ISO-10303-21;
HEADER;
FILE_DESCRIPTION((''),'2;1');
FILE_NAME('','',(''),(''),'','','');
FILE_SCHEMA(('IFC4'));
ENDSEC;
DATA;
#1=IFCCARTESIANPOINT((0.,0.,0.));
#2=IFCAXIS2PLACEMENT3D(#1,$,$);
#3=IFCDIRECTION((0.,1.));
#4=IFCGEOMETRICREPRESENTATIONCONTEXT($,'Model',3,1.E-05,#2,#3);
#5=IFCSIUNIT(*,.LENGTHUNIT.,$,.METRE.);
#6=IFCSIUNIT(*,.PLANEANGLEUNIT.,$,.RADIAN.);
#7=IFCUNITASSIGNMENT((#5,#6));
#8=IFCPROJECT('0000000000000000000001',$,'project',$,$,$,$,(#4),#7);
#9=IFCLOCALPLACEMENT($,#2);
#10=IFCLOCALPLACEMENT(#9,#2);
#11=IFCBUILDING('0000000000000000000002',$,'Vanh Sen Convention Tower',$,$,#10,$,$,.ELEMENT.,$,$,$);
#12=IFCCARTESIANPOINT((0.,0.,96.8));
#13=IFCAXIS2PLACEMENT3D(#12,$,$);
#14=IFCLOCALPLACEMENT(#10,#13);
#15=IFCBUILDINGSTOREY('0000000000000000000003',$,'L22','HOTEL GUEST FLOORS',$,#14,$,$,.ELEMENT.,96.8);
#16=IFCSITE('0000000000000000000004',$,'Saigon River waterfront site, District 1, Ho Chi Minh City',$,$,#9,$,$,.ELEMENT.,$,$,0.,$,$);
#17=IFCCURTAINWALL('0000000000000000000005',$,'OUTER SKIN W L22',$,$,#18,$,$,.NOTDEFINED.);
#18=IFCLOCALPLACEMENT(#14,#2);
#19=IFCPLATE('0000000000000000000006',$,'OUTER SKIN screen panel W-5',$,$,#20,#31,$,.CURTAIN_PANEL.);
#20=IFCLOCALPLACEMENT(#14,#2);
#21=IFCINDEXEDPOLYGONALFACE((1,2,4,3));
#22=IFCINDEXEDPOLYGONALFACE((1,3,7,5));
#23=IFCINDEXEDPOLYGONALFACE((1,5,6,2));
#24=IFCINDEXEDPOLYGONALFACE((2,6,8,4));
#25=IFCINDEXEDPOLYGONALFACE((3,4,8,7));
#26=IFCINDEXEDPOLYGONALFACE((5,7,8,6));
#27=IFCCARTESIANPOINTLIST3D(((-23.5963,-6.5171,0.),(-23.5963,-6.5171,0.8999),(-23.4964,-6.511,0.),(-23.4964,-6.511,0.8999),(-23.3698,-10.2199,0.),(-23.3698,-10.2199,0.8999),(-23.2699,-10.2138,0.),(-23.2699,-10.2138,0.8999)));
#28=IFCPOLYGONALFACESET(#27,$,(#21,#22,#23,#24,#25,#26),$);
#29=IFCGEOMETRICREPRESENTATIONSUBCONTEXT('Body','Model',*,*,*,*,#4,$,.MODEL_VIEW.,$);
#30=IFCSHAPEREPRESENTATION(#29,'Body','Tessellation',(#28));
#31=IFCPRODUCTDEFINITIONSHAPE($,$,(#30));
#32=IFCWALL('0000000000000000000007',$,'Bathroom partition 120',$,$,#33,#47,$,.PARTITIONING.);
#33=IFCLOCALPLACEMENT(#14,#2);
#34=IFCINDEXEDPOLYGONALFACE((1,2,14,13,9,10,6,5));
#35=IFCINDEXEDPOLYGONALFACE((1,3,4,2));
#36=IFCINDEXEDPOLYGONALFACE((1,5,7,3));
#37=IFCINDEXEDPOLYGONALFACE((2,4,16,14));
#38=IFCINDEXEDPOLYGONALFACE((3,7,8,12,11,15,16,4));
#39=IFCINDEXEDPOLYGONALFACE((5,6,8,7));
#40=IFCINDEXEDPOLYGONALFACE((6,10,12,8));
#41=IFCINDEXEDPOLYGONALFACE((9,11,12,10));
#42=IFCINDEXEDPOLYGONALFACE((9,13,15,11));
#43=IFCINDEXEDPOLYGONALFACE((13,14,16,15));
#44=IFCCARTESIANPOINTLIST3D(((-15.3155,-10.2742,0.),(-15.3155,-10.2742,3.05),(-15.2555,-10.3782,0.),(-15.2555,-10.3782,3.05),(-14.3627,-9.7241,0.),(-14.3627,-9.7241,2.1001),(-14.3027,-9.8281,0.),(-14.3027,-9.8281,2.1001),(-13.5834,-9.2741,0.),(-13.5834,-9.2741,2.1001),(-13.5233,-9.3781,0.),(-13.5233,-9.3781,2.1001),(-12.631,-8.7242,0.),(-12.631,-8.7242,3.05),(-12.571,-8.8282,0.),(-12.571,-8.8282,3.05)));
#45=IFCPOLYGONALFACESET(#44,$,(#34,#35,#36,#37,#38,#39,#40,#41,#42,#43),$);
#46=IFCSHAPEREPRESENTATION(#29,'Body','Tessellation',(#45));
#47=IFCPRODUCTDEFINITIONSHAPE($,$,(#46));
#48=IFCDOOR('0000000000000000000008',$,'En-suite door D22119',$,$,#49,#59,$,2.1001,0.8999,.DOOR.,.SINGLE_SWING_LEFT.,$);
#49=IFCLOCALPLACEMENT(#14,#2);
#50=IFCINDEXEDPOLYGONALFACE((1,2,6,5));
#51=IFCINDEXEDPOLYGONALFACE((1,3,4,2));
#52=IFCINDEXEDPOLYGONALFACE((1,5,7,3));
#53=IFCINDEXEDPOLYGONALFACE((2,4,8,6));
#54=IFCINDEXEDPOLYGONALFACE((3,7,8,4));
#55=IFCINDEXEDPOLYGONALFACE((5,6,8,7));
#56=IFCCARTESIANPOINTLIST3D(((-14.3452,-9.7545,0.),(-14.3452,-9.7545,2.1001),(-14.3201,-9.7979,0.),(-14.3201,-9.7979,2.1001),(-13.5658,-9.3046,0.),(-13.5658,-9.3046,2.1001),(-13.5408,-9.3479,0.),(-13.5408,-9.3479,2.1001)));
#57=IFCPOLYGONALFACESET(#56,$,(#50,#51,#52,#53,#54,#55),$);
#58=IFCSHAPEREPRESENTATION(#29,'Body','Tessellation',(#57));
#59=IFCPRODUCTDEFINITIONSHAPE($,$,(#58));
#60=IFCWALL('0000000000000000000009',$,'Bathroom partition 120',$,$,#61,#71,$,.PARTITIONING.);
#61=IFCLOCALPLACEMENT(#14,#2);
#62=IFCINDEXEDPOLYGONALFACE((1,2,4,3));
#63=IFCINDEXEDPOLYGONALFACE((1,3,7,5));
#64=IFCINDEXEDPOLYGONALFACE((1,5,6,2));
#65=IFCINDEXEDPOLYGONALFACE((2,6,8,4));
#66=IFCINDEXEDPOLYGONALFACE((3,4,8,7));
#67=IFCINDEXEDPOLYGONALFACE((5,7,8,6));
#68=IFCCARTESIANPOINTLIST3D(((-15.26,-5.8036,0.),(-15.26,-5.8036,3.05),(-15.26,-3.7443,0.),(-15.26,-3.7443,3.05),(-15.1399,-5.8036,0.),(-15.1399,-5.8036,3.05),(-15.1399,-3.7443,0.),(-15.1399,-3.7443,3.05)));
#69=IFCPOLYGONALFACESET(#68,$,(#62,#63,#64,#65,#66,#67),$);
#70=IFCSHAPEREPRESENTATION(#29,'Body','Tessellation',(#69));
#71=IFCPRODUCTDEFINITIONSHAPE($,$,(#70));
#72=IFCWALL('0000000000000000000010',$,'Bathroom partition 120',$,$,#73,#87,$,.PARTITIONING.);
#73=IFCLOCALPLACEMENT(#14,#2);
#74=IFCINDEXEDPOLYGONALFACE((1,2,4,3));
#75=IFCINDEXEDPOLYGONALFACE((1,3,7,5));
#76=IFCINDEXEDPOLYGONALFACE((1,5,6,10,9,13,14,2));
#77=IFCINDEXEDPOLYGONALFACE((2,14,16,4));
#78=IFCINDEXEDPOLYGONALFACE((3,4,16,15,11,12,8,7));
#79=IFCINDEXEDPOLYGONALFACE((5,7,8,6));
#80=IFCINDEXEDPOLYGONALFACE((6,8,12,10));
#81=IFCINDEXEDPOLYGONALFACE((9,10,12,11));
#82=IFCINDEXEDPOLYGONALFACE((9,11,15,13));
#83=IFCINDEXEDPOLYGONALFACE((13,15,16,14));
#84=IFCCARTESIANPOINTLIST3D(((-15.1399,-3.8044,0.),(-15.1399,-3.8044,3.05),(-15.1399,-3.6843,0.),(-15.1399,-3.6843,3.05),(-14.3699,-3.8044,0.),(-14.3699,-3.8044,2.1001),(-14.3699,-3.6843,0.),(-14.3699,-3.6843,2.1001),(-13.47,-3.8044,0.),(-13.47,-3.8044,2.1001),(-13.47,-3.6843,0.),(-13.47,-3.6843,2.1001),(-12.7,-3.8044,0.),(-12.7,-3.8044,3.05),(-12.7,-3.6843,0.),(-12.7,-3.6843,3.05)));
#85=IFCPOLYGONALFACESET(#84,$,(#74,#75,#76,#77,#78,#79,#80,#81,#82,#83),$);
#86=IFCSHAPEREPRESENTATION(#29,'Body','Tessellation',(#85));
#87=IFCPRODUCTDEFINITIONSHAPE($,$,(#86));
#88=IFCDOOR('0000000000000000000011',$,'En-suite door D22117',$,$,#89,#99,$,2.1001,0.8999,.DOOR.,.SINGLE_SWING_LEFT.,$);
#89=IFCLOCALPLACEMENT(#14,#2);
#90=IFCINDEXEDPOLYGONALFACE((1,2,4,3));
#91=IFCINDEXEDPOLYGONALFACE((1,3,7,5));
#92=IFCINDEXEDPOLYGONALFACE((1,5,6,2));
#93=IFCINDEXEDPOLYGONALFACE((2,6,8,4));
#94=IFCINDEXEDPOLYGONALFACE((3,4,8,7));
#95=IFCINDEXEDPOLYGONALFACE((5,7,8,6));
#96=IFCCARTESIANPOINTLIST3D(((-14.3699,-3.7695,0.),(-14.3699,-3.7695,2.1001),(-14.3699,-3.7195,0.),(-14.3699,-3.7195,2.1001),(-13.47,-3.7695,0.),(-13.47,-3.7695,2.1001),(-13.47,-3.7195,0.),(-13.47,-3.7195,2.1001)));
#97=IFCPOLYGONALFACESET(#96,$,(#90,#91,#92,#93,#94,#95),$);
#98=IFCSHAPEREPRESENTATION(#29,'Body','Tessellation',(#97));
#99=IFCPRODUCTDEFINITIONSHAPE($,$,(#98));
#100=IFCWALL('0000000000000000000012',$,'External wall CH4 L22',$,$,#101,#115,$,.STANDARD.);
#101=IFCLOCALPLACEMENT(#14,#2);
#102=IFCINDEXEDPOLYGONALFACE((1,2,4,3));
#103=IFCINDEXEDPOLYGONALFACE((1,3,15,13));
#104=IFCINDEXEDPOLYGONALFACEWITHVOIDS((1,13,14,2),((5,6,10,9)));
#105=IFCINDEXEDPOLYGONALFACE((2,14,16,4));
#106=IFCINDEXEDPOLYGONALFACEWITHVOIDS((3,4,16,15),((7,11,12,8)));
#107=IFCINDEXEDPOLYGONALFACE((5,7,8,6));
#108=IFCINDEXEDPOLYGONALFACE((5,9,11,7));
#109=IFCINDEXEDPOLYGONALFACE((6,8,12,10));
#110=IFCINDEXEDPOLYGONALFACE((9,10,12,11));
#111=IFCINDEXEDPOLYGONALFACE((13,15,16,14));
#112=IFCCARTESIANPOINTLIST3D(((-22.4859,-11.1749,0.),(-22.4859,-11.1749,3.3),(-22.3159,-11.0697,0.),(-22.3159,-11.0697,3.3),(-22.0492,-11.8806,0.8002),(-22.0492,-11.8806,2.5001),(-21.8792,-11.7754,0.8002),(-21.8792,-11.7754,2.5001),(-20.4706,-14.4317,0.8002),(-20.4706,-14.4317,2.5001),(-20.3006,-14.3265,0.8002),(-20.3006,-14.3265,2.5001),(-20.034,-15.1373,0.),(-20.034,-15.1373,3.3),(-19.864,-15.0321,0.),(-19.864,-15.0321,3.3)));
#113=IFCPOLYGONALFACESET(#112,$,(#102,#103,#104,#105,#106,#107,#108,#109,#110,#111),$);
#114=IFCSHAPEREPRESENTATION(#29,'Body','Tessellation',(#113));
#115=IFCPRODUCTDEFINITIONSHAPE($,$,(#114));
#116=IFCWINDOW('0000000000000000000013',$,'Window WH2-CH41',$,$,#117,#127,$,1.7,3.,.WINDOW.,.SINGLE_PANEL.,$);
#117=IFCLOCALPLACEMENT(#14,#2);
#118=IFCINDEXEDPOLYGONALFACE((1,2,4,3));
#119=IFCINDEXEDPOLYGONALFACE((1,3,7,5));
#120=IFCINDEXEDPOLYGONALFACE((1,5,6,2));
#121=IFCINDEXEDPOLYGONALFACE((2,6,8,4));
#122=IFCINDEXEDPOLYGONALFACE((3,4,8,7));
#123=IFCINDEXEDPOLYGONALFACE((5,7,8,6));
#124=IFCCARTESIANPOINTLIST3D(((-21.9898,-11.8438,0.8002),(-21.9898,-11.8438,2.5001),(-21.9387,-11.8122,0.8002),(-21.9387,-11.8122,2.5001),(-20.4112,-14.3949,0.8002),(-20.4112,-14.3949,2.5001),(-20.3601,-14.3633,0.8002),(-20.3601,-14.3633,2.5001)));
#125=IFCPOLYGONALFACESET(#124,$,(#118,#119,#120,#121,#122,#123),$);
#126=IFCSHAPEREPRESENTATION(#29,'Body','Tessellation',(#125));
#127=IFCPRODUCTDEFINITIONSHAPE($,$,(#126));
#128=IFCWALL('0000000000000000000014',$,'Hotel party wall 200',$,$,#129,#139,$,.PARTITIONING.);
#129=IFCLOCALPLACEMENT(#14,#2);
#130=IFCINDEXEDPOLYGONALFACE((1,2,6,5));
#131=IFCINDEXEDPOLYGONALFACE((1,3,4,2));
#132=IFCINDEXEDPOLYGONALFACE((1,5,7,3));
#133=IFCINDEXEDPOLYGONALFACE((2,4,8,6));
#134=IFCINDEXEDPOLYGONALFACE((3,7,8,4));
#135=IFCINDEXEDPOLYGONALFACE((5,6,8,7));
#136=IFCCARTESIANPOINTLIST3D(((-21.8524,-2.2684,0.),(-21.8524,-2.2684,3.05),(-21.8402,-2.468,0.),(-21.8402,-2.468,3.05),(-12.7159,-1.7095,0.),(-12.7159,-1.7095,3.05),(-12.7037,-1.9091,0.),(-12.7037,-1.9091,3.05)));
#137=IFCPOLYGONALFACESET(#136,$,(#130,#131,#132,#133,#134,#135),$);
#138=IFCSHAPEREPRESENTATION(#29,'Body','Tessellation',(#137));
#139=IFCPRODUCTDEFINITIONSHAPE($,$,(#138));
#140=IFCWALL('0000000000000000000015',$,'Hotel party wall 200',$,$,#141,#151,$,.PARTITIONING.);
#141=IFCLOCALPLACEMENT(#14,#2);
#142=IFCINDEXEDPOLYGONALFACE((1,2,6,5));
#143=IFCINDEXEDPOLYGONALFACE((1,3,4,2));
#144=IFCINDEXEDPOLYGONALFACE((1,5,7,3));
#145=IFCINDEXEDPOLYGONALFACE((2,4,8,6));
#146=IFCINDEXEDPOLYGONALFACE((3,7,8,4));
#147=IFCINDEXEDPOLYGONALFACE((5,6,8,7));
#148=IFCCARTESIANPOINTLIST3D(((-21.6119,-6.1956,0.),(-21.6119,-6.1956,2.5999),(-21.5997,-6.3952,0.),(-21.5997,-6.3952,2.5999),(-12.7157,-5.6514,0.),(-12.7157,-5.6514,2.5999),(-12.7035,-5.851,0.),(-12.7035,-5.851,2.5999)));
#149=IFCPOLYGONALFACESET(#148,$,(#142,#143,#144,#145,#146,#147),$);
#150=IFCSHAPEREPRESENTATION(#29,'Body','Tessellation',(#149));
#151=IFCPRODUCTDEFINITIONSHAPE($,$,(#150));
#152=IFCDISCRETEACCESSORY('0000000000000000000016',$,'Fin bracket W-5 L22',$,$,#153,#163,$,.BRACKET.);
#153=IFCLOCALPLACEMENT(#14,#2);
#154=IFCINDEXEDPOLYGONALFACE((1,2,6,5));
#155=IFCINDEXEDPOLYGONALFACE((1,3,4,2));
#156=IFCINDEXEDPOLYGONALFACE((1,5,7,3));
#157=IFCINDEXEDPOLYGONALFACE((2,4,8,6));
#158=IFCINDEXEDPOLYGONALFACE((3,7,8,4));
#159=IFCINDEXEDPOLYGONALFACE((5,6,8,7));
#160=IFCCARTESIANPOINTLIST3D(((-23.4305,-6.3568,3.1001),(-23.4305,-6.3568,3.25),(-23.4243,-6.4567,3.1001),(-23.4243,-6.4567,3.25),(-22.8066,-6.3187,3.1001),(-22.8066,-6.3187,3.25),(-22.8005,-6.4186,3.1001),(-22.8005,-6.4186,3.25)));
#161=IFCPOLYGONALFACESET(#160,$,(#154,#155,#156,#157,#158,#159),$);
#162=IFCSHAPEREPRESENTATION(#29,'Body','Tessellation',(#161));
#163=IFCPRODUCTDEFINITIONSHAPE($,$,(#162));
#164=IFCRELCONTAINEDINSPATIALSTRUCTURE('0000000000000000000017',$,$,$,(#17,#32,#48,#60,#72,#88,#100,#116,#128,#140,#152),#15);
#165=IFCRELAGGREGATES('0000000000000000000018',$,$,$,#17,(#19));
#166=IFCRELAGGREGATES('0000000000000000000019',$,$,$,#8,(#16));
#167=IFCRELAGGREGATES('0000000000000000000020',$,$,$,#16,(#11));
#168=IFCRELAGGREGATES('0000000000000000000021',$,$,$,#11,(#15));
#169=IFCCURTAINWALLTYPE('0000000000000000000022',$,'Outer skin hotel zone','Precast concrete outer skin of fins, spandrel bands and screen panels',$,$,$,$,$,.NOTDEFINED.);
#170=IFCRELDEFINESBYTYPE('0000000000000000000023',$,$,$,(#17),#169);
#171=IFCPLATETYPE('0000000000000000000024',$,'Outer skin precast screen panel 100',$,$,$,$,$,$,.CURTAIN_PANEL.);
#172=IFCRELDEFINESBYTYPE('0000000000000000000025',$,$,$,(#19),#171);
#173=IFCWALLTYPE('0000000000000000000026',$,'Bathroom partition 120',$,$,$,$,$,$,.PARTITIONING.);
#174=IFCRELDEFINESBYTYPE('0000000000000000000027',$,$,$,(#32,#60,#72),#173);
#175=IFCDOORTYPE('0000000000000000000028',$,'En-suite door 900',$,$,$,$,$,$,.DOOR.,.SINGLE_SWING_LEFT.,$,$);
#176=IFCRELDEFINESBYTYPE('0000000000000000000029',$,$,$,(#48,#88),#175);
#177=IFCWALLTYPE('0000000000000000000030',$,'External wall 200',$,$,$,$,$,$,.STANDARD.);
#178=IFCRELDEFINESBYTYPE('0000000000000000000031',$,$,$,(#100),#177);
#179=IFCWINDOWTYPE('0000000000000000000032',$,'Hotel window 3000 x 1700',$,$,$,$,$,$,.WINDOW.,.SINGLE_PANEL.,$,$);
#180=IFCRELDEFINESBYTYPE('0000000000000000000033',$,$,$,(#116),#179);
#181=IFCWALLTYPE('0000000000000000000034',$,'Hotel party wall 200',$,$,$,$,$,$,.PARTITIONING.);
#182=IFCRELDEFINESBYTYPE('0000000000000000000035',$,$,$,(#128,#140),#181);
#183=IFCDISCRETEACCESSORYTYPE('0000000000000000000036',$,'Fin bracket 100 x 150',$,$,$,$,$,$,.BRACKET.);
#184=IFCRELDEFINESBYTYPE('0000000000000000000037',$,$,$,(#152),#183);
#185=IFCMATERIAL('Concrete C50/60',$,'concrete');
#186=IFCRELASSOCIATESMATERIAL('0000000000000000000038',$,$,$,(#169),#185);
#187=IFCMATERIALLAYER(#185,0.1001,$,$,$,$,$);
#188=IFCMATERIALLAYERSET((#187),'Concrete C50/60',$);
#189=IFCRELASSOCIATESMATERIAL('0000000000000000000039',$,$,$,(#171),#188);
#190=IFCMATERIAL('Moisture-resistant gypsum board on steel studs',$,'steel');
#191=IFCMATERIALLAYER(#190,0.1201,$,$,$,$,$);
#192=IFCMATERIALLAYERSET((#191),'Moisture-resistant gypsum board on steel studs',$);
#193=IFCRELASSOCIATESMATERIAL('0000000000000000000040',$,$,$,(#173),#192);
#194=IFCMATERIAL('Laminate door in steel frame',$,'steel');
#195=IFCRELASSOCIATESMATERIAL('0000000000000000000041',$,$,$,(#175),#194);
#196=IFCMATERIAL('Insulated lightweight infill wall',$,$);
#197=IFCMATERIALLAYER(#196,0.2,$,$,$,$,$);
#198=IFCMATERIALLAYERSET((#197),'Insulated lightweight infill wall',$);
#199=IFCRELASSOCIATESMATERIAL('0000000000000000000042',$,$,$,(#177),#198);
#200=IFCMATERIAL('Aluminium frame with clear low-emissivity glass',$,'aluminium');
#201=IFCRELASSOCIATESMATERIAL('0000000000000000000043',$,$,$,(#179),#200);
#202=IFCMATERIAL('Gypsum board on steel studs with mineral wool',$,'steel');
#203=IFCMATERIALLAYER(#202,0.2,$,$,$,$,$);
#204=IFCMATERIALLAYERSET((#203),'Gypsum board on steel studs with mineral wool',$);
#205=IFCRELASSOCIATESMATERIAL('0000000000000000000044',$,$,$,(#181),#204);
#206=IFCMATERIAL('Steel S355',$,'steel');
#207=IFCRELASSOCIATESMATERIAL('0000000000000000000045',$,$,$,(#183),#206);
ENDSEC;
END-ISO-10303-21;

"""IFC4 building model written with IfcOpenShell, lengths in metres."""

from ifc_helpers import new_model, si_unit, direction, frame, frame_2d, origin, origin_2d, place, context, subcontext, project, spatial, rectangle, extrude, material, layer, layer_set, type_object, element, fill, aggregate, save


model = new_model("IFC4")

# Units and contexts
model_context = context("Model", 3, precision=1e-05, world=origin(), true_north=direction((0.0, 1.0)))
body_context = subcontext(model_context, "Body", "Model", "MODEL_VIEW")
ifc_project = project(units=[si_unit("LENGTHUNIT", "METRE"), si_unit("PLANEANGLEUNIT", "RADIAN")], contexts=[model_context])

# Site, building, storey
site_placement = place(None, origin())
site = spatial("IfcSite", under=ifc_project, at=site_placement, Name="Saigon River waterfront site, District 1, Ho Chi Minh City", CompositionType="ELEMENT", RefElevation=0.0)
building_placement = place(site_placement, origin())
building = spatial("IfcBuilding", under=site, at=building_placement, Name="Vanh Sen Convention Tower", CompositionType="ELEMENT")
storey_placement = place(building_placement, frame((0.0, 0.0, 96.8)))
storey = spatial("IfcBuildingStorey", under=building, at=storey_placement, Name="L22", Description="HOTEL GUEST FLOORS", CompositionType="ELEMENT", Elevation=96.8)

# Curtain wall
ifc_material_1 = material(Name="Concrete C50/60", Category="concrete")
curtain_wall_type = type_object("IfcCurtainWallType", Name="Outer skin hotel zone", Description="Precast concrete outer skin of fins, spandrel bands and screen panels", PredefinedType="NOTDEFINED", material=ifc_material_1)
curtain_wall_1_placement = place(storey_placement, origin())
curtain_wall_1 = element("IfcCurtainWall", 1, at=curtain_wall_1_placement, inside=storey, type_object=curtain_wall_type, Name="OUTER SKIN W L22", PredefinedType="NOTDEFINED")

# Plate
ifc_layer_1 = layer(ifc_material_1, 0.1001)
ifc_layer_set_1 = layer_set([ifc_layer_1], Name="Concrete C50/60")
plate_type = type_object("IfcPlateType", Name="Outer skin precast screen panel 100", PredefinedType="CURTAIN_PANEL", material=ifc_layer_set_1)
plate_1_placement = place(storey_placement, frame((-23.4331, -8.3655, 0.0), z_axis=(0.0, 0.0, 1.0), x_axis=(0.061047, -0.998135, 0.0)))
plate_1 = element("IfcPlate", 2, at=plate_1_placement, type_object=plate_type, Name="OUTER SKIN screen panel W-5", PredefinedType="CURTAIN_PANEL", context=body_context, shape_type="SweptSolid", body=[
    extrude(rectangle(XDim=3.7097, YDim=0.1001, at=origin_2d()), origin(), (0.0, 0.0, 1.0), 0.8999),
])
aggregate(curtain_wall_1, [plate_1])

# Wall, opening, door
ifc_material_2 = material(Name="Moisture-resistant gypsum board on steel studs", Category="steel")
ifc_layer_2 = layer(ifc_material_2, 0.1201)
ifc_layer_set_2 = layer_set([ifc_layer_2], Name="Moisture-resistant gypsum board on steel studs")
wall_type_1 = type_object("IfcWallType", Name="Bathroom partition 120", PredefinedType="PARTITIONING", material=ifc_layer_set_2)
wall_1_placement = place(storey_placement, frame((-15.2854, -10.3262, 0.0), z_axis=(0.0, 0.0, 1.0), x_axis=(0.86601, 0.500027, 0.0)))
wall_1 = element("IfcWall", 3, at=wall_1_placement, inside=storey, type_object=wall_type_1, Name="Bathroom partition 120", PredefinedType="PARTITIONING", context=body_context, shape_type="SweptSolid", body=[
    extrude(rectangle(XDim=3.0999, YDim=0.1201, at=frame_2d((1.5498, 0.0))), origin(), (0.0, 0.0, 1.0), 3.05),
])
opening_1_placement = place(wall_1_placement, frame((1.1001, 0.0, 0.0)))
opening_1 = element("IfcOpeningElement", 4, at=opening_1_placement, cuts=wall_1, PredefinedType="OPENING", context=body_context, shape_type="SweptSolid", body=[
    extrude(rectangle(XDim=0.8999, YDim=2.1001, at=frame_2d((0.45, 1.05))), frame((0.0, 0.0701, 0.0), z_axis=(0.0, -1.0, 0.0), x_axis=(1.0, 0.0, 0.0)), (0.0, 0.0, 1.0), 0.1401),
])
ifc_material_3 = material(Name="Laminate door in steel frame", Category="steel")
door_type = type_object("IfcDoorType", Name="En-suite door 900", OperationType="SINGLE_SWING_LEFT", PredefinedType="DOOR", material=ifc_material_3)
door_1_placement = place(opening_1_placement, origin())
door_1 = element("IfcDoor", 5, at=door_1_placement, inside=storey, type_object=door_type, Name="En-suite door D22119", OperationType="SINGLE_SWING_LEFT", OverallHeight=2.1001, OverallWidth=0.8999, PredefinedType="DOOR", context=body_context, shape_type="SweptSolid", body=[
    extrude(rectangle(XDim=0.8999, YDim=2.1001, at=frame_2d((0.45, 1.05))), frame((0.0, 0.0249, 0.0), z_axis=(0.0, -1.0, 0.0), x_axis=(1.0, 0.0, 0.0)), (0.0, 0.0, 1.0), 0.05),
])
fill(opening_1, door_1)

# Wall
wall_2_placement = place(storey_placement, frame((-15.2, -5.8037, 0.0), z_axis=(0.0, 0.0, 1.0), x_axis=(0.0, 1.0, 0.0)))
element("IfcWall", 6, at=wall_2_placement, inside=storey, type_object=wall_type_1, Name="Bathroom partition 120", PredefinedType="PARTITIONING", context=body_context, shape_type="SweptSolid", body=[
    extrude(rectangle(XDim=2.0593, YDim=0.1201, at=frame_2d((1.0298, 0.0))), origin(), (0.0, 0.0, 1.0), 3.05),
])

# Wall, opening, door
wall_3_placement = place(storey_placement, frame((-15.1399, -3.7444, 0.0), z_axis=(0.0, 0.0, 1.0), x_axis=(1.0, 0.0, 0.0)))
wall_3 = element("IfcWall", 7, at=wall_3_placement, inside=storey, type_object=wall_type_1, Name="Bathroom partition 120", PredefinedType="PARTITIONING", context=body_context, shape_type="SweptSolid", body=[
    extrude(rectangle(XDim=2.4399, YDim=0.1201, at=frame_2d((1.22, 0.0))), origin(), (0.0, 0.0, 1.0), 3.05),
])
opening_2_placement = place(wall_3_placement, frame((0.77, 0.0, 0.0)))
opening_2 = element("IfcOpeningElement", 8, at=opening_2_placement, cuts=wall_3, PredefinedType="OPENING", context=body_context, shape_type="SweptSolid", body=[
    extrude(rectangle(XDim=0.8999, YDim=2.1001, at=frame_2d((0.45, 1.05))), frame((0.0, 0.0701, 0.0), z_axis=(0.0, -1.0, 0.0), x_axis=(1.0, 0.0, 0.0)), (0.0, 0.0, 1.0), 0.1401),
])
door_2_placement = place(opening_2_placement, origin())
door_2 = element("IfcDoor", 9, at=door_2_placement, inside=storey, type_object=door_type, Name="En-suite door D22117", OperationType="SINGLE_SWING_LEFT", OverallHeight=2.1001, OverallWidth=0.8999, PredefinedType="DOOR", context=body_context, shape_type="SweptSolid", body=[
    extrude(rectangle(XDim=0.8999, YDim=2.1001, at=frame_2d((0.45, 1.05))), frame((0.0, 0.0249, 0.0), z_axis=(0.0, -1.0, 0.0), x_axis=(1.0, 0.0, 0.0)), (0.0, 0.0, 1.0), 0.05),
])
fill(opening_2, door_2)

# Wall, opening, window
ifc_material_4 = material(Name="Insulated lightweight infill wall")
ifc_layer_3 = layer(ifc_material_4, 0.2)
ifc_layer_set_3 = layer_set([ifc_layer_3], Name="Insulated lightweight infill wall")
wall_type_2 = type_object("IfcWallType", Name="External wall 200", PredefinedType="STANDARD", material=ifc_layer_set_3)
wall_4_placement = place(storey_placement, frame((-22.4009, -11.1223, 0.0), z_axis=(0.0, 0.0, 1.0), x_axis=(0.526198, -0.850362, 0.0)))
wall_4 = element("IfcWall", 10, at=wall_4_placement, inside=storey, type_object=wall_type_2, Name="External wall CH4 L22", PredefinedType="STANDARD", context=body_context, shape_type="SweptSolid", body=[
    extrude(rectangle(XDim=4.6597, YDim=0.2, at=frame_2d((2.3298, 0.0))), origin(), (0.0, 0.0, 1.0), 3.3),
])
opening_3_placement = place(wall_4_placement, frame((0.8298, 0.0, 0.8)))
opening_3 = element("IfcOpeningElement", 11, at=opening_3_placement, cuts=wall_4, PredefinedType="OPENING", context=body_context, shape_type="SweptSolid", body=[
    extrude(rectangle(XDim=3.0, YDim=1.7, at=frame_2d((1.5, 0.8501))), frame((0.0, 0.1099, 0.0), z_axis=(0.0, -1.0, 0.0), x_axis=(1.0, 0.0, 0.0)), (0.0, 0.0, 1.0), 0.22),
])
ifc_material_5 = material(Name="Aluminium frame with clear low-emissivity glass", Category="aluminium")
window_type = type_object("IfcWindowType", Name="Hotel window 3000 x 1700", PartitioningType="SINGLE_PANEL", PredefinedType="WINDOW", material=ifc_material_5)
window_placement = place(opening_3_placement, origin())
window = element("IfcWindow", 12, at=window_placement, inside=storey, type_object=window_type, Name="Window WH2-CH41", OverallHeight=1.7, OverallWidth=3.0, PartitioningType="SINGLE_PANEL", PredefinedType="WINDOW", context=body_context, shape_type="SweptSolid", body=[
    extrude(rectangle(XDim=3.0, YDim=1.7, at=frame_2d((1.5, 0.8501))), frame((0.0, 0.03, 0.0), z_axis=(0.0, -1.0, 0.0), x_axis=(1.0, 0.0, 0.0)), (0.0, 0.0, 1.0), 0.0601),
])
fill(opening_3, window)

# Walls
ifc_material_6 = material(Name="Gypsum board on steel studs with mineral wool", Category="steel")
ifc_layer_4 = layer(ifc_material_6, 0.2)
ifc_layer_set_4 = layer_set([ifc_layer_4], Name="Gypsum board on steel studs with mineral wool")
wall_type_3 = type_object("IfcWallType", Name="Hotel party wall 200", PredefinedType="PARTITIONING", material=ifc_layer_set_4)
wall_5_placement = place(storey_placement, frame((-21.8462, -2.3682, 0.0), z_axis=(0.0, 0.0, 1.0), x_axis=(0.998135, 0.061051, 0.0)))
element("IfcWall", 13, at=wall_5_placement, inside=storey, type_object=wall_type_3, Name="Hotel party wall 200", PredefinedType="PARTITIONING", context=body_context, shape_type="SweptSolid", body=[
    extrude(rectangle(XDim=9.1536, YDim=0.2, at=frame_2d((4.5767, 0.0))), origin(), (0.0, 0.0, 1.0), 3.05),
])
wall_6_placement = place(storey_placement, frame((-21.606, -6.2954, 0.0), z_axis=(0.0, 0.0, 1.0), x_axis=(0.998134, 0.061057, 0.0)))
element("IfcWall", 14, at=wall_6_placement, inside=storey, type_object=wall_type_3, Name="Hotel party wall 200", PredefinedType="PARTITIONING", context=body_context, shape_type="SweptSolid", body=[
    extrude(rectangle(XDim=8.9128, YDim=0.2, at=frame_2d((4.4565, 0.0))), origin(), (0.0, 0.0, 1.0), 2.5999),
])

# Discrete accessory
ifc_material_7 = material(Name="Steel S355", Category="steel")
discrete_accessory_type = type_object("IfcDiscreteAccessoryType", Name="Fin bracket 100 x 150", PredefinedType="BRACKET", material=ifc_material_7)
discrete_accessory_placement = place(storey_placement, frame((-23.1155, -6.3877, 3.1001), z_axis=(0.0, 0.0, 1.0), x_axis=(-0.998135, -0.061049, 0.0)))
element("IfcDiscreteAccessory", 15, at=discrete_accessory_placement, inside=storey, type_object=discrete_accessory_type, Name="Fin bracket W-5 L22", PredefinedType="BRACKET", context=body_context, shape_type="SweptSolid", body=[
    extrude(rectangle(XDim=0.625, YDim=0.1001, at=origin_2d()), origin(), (0.0, 0.0, 1.0), 0.1499),
])

save(model, "model.ifc")
